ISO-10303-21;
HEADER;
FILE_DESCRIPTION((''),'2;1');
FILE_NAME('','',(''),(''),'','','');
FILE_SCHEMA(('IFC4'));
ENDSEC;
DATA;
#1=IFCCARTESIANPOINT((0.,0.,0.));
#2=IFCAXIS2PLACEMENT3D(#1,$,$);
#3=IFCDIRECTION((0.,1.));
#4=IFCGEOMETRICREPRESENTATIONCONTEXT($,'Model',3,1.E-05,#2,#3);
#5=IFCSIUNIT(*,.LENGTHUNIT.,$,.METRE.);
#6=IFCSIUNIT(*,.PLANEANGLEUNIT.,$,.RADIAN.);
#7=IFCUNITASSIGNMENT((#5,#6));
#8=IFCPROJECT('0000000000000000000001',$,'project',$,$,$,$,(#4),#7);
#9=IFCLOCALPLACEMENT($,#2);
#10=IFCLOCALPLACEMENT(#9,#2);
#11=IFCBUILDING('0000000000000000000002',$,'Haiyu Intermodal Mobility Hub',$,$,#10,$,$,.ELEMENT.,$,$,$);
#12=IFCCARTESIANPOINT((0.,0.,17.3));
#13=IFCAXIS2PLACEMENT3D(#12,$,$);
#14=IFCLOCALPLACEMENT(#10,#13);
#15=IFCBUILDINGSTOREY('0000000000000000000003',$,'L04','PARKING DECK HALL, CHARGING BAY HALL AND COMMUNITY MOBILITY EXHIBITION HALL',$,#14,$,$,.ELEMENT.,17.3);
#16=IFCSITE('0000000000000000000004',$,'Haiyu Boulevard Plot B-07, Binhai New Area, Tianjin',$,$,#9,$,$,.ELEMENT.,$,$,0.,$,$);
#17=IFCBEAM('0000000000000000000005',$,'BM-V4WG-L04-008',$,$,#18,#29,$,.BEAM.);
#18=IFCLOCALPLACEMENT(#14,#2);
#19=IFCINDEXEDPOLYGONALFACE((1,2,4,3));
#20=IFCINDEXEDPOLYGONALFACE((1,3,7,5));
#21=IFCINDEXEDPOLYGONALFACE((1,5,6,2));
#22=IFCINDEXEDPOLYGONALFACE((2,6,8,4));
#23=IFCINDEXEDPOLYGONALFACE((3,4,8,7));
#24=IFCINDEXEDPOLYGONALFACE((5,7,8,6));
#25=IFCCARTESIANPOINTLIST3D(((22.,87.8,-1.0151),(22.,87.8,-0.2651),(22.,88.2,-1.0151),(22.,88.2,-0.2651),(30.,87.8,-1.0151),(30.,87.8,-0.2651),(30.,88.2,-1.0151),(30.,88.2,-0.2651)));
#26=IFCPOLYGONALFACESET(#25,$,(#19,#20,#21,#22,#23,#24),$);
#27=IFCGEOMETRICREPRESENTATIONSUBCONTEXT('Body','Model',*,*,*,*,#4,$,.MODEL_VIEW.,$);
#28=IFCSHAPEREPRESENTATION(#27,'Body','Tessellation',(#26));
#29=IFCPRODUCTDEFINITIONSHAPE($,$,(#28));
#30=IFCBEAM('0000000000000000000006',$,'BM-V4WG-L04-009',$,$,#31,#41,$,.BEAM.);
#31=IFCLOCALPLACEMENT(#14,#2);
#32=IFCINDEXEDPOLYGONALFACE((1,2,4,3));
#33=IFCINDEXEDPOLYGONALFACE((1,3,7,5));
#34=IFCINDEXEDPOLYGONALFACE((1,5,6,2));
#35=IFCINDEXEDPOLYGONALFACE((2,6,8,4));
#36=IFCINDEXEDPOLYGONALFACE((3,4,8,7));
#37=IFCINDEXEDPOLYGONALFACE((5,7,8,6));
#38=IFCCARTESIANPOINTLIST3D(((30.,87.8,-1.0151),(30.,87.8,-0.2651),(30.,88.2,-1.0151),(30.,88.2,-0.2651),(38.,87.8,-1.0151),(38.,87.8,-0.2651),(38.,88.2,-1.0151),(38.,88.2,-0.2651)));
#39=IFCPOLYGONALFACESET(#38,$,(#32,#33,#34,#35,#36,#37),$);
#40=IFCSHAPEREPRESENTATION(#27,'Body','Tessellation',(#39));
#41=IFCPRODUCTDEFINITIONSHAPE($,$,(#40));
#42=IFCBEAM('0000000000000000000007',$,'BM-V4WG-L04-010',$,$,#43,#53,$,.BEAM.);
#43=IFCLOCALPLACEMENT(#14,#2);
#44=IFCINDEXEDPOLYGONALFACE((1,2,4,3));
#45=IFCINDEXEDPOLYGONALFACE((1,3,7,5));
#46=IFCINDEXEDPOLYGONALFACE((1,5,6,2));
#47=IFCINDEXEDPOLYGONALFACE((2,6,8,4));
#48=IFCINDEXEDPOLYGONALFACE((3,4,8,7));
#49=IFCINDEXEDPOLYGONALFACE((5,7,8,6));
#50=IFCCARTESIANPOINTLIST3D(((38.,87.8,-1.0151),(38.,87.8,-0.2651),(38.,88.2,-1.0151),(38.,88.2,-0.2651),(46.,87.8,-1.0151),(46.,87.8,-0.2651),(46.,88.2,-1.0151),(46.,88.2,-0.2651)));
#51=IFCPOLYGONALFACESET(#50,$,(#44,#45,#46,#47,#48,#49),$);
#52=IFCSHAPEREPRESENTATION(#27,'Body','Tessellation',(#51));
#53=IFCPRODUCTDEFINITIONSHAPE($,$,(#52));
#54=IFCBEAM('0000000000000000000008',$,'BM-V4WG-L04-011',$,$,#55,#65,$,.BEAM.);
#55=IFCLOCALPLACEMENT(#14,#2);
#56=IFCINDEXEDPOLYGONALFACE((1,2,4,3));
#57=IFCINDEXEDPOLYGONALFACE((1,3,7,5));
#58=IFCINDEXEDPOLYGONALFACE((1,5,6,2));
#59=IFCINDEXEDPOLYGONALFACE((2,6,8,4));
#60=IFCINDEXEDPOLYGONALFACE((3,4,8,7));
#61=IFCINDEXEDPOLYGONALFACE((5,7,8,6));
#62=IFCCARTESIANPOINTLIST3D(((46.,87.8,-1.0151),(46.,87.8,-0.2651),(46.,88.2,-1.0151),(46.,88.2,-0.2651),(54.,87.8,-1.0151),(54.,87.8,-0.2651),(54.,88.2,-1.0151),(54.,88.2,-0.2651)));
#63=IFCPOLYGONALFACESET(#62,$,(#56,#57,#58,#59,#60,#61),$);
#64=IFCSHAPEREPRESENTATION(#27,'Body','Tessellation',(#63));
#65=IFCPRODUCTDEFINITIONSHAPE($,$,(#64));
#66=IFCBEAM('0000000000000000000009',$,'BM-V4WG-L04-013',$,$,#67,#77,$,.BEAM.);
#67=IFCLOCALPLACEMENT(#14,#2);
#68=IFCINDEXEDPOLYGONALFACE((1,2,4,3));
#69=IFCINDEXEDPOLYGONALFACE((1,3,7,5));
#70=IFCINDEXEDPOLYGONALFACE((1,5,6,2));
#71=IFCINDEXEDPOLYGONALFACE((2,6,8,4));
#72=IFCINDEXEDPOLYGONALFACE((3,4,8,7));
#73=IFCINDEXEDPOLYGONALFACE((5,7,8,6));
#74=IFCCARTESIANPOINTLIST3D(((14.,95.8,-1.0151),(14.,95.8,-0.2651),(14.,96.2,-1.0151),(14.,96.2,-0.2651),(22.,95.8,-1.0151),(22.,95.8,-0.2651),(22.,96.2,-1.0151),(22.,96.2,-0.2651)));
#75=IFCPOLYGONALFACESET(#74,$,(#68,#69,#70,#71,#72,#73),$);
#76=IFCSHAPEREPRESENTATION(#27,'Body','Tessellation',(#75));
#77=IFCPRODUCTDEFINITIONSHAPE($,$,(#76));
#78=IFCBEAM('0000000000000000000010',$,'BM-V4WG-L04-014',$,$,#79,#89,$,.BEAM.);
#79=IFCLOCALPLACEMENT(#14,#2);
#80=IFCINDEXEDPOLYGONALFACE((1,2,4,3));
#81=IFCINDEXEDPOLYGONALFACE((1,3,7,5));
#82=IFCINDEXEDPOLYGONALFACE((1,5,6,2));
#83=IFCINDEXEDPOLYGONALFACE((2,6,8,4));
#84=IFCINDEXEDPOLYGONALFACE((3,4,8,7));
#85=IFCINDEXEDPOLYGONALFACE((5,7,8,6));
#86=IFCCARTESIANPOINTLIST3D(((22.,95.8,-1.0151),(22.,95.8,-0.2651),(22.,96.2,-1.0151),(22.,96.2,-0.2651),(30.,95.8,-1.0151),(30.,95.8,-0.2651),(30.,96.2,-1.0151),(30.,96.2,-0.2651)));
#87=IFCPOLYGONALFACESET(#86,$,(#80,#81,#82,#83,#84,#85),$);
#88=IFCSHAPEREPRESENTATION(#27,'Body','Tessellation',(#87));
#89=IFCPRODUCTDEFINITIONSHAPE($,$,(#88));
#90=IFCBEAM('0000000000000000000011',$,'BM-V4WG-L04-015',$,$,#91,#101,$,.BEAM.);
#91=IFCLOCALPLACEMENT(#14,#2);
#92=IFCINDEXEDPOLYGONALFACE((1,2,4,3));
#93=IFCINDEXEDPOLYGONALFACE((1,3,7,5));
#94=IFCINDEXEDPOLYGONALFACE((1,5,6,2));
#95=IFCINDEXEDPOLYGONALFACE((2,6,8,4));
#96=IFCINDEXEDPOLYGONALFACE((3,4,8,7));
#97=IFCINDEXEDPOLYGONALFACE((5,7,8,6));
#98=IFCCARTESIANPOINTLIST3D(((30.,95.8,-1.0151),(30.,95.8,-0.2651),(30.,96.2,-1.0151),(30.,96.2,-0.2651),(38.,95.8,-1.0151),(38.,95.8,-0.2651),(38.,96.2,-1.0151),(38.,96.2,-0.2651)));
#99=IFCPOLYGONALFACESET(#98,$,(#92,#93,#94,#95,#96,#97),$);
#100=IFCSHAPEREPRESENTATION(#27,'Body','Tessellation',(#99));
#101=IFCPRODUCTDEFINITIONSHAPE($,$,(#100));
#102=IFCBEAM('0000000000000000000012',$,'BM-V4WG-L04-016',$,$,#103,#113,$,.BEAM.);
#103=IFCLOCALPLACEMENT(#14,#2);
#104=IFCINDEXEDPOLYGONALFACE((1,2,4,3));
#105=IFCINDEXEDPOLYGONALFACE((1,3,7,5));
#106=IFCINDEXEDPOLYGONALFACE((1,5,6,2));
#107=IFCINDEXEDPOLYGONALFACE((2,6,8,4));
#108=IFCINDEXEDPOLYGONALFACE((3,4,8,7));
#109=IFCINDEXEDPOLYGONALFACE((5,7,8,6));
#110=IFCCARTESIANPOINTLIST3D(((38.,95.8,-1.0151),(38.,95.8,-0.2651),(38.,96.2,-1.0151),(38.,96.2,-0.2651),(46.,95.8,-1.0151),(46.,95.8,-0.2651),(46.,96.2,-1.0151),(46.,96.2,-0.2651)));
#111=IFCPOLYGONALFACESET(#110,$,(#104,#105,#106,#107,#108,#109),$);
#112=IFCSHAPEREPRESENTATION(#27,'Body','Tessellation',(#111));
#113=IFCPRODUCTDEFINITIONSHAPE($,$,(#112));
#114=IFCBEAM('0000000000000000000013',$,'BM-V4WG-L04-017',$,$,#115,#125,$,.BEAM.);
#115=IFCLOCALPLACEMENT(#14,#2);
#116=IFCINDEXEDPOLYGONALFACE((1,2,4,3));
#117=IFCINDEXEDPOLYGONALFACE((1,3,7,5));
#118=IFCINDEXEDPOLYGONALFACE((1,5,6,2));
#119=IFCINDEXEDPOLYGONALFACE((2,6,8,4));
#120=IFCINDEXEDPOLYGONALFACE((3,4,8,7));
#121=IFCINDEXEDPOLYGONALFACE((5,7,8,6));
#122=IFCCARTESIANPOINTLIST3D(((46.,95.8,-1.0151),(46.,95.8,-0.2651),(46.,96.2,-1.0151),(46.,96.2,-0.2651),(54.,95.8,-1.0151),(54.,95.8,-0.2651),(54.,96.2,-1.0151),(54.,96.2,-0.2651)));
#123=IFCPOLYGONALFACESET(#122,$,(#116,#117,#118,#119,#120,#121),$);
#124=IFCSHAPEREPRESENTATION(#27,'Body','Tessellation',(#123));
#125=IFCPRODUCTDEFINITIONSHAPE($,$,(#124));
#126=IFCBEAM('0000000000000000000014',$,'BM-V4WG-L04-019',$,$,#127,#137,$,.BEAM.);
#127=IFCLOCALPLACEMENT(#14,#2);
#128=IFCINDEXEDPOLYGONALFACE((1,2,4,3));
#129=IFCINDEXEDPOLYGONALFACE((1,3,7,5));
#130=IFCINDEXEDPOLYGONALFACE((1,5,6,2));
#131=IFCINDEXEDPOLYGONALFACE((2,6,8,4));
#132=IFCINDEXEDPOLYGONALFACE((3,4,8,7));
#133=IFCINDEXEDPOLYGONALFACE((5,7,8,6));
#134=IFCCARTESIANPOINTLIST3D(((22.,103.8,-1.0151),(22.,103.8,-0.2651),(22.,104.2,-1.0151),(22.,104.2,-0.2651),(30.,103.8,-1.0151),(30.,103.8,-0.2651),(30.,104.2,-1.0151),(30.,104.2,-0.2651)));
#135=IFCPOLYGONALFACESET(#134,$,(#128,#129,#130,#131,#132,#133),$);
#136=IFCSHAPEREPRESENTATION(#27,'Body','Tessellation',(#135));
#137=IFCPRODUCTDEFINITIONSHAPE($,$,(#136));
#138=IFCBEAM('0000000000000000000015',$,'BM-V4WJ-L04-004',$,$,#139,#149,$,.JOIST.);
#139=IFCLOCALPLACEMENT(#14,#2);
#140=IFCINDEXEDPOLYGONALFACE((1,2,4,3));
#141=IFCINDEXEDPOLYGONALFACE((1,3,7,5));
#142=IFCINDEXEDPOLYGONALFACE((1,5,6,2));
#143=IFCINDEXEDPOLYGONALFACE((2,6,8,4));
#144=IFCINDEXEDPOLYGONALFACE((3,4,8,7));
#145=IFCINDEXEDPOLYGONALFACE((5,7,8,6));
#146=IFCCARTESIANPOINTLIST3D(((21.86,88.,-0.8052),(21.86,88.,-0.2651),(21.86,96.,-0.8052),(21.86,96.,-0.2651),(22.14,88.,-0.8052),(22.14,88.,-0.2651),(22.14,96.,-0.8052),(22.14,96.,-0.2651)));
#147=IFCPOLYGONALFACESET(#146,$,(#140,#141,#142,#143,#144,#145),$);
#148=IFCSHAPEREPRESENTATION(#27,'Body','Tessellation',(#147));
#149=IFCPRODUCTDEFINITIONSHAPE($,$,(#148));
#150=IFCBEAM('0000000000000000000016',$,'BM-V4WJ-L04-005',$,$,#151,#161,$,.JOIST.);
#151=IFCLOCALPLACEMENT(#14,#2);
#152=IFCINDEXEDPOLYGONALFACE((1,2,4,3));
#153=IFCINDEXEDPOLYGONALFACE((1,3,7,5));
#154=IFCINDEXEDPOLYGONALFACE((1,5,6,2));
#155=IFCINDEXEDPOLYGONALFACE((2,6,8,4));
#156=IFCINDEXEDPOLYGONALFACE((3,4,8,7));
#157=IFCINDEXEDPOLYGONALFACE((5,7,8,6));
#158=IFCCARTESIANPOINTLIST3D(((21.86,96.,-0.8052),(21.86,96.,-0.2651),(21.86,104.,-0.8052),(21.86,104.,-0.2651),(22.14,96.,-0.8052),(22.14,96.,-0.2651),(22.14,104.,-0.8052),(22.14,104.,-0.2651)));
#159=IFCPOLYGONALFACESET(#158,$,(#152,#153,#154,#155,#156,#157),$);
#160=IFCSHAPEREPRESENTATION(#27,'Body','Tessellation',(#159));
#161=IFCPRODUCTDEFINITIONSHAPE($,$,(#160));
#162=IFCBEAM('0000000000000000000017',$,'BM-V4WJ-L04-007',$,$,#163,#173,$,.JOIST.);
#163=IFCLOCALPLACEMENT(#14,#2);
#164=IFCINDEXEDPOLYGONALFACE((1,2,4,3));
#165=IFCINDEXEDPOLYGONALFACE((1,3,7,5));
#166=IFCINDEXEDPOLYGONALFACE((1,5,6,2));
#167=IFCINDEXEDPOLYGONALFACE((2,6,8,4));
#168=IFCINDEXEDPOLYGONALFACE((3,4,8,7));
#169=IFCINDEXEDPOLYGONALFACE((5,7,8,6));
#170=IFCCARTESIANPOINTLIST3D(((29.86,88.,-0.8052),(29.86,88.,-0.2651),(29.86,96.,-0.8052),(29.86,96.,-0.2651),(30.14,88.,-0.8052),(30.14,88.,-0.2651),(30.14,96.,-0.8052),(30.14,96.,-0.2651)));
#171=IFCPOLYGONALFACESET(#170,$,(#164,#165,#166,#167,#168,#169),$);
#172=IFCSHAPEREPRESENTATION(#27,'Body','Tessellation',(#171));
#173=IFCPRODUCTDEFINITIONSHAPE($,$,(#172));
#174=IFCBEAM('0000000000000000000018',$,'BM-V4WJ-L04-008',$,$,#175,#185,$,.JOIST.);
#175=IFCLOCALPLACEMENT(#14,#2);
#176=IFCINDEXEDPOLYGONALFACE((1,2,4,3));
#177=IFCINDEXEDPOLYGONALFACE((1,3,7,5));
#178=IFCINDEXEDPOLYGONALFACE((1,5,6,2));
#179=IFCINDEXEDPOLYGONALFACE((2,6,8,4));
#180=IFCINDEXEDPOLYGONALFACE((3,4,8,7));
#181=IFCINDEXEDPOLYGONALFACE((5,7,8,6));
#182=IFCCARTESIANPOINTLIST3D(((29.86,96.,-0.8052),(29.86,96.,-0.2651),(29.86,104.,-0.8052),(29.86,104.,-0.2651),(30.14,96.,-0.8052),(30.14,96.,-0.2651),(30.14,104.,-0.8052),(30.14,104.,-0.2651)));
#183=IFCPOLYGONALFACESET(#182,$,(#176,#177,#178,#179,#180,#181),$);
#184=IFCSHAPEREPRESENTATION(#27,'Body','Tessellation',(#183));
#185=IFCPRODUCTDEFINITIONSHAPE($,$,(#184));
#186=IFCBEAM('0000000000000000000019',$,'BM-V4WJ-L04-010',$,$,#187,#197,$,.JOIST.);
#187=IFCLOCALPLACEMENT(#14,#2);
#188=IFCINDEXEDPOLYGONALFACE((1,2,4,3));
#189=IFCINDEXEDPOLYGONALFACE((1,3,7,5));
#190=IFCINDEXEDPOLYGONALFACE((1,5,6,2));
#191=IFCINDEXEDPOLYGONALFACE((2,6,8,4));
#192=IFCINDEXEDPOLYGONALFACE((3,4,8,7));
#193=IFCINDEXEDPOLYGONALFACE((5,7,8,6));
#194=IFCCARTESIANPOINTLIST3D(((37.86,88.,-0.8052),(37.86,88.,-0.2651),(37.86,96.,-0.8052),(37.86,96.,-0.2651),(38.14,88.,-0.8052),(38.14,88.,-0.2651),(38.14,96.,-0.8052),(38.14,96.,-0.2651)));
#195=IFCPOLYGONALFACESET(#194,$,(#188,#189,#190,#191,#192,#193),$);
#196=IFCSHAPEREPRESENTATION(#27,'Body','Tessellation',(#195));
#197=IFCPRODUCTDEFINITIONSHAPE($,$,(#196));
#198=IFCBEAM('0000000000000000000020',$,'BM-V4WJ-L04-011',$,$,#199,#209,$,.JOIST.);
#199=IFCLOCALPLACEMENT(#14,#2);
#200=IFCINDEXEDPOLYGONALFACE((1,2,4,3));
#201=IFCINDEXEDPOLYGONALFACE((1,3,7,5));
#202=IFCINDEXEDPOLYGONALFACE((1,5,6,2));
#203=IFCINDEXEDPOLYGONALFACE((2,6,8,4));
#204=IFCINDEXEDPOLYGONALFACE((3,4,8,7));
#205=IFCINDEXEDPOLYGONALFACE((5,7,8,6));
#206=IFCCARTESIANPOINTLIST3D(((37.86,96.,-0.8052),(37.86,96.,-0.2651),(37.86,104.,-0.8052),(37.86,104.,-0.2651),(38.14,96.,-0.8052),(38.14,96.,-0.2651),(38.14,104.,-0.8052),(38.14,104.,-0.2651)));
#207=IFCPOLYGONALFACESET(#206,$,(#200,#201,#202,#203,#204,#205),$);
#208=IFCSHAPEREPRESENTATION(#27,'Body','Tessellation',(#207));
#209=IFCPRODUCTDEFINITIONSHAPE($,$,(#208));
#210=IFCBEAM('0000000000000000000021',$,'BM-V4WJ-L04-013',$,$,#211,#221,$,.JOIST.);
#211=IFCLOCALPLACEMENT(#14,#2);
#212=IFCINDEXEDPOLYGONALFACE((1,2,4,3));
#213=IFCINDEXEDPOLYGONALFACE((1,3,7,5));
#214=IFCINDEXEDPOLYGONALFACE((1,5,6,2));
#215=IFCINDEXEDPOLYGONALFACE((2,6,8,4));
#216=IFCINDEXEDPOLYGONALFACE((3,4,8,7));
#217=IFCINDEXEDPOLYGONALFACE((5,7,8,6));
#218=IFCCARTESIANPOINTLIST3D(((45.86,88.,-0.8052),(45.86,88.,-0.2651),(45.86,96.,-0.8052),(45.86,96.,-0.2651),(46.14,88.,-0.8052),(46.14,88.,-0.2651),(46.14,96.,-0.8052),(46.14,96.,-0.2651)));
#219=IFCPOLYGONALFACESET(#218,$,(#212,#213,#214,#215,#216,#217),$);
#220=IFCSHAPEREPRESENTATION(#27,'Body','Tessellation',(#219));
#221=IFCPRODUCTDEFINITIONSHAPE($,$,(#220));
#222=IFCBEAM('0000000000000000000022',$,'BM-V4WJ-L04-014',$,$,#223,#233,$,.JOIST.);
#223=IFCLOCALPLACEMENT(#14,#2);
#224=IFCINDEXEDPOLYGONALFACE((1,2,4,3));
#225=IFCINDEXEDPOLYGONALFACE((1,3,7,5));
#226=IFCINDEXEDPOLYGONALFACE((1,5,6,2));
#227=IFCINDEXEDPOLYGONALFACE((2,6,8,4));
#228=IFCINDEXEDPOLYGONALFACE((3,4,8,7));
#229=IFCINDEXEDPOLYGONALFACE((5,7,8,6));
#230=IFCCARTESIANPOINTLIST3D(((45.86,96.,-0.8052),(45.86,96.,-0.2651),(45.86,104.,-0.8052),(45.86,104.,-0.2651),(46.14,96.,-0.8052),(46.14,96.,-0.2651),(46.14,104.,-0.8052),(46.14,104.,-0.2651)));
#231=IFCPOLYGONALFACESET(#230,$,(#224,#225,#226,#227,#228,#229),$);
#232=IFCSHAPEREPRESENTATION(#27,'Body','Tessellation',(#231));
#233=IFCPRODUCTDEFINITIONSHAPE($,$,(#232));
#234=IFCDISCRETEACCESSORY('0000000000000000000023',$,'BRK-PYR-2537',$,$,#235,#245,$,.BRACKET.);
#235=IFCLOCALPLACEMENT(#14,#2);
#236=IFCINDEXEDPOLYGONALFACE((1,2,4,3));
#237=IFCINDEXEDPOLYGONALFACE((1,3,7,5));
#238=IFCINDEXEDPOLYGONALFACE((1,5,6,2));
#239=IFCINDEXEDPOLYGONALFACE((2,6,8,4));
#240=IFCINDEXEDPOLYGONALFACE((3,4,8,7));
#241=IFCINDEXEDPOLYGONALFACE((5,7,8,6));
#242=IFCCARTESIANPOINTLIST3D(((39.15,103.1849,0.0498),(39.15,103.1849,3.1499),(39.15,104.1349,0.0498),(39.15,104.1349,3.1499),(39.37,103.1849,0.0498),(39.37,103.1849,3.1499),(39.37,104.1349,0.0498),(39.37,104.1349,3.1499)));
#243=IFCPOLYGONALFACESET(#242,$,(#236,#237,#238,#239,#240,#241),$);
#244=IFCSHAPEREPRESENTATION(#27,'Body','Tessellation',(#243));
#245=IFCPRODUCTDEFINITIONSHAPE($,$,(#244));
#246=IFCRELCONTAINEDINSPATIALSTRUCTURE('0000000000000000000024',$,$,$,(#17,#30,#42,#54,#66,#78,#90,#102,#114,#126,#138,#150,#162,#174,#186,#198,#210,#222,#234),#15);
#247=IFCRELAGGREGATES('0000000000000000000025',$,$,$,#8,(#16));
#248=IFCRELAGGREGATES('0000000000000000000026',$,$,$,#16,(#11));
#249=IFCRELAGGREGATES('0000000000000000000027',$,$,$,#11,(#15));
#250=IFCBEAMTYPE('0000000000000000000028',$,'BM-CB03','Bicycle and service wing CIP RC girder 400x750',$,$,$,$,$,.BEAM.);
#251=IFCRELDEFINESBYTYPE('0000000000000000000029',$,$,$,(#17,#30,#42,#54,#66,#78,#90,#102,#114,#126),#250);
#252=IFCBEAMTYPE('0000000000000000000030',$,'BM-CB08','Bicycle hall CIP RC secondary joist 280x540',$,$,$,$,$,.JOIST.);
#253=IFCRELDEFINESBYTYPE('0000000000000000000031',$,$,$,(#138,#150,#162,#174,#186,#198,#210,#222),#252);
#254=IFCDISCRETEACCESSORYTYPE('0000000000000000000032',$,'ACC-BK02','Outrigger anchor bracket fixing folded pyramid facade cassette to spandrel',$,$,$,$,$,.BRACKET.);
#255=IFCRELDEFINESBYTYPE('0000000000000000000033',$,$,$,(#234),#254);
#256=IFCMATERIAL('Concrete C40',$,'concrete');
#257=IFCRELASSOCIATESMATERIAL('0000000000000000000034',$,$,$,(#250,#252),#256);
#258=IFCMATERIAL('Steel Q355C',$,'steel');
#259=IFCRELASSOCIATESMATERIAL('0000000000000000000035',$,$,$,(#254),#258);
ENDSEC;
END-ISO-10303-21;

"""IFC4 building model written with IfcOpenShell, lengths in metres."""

from ifc_helpers import new_model, si_unit, direction, frame, origin, origin_2d, place, context, subcontext, project, spatial, rectangle, extrude, material, material_profile, profile_set, type_object, element, save


model = new_model("IFC4")

# Units and contexts
model_context = context("Model", 3, precision=1e-05, world=origin(), true_north=direction((0.0, 1.0)))
body_context = subcontext(model_context, "Body", "Model", "MODEL_VIEW")
ifc_project = project(units=[si_unit("LENGTHUNIT", "METRE"), si_unit("PLANEANGLEUNIT", "RADIAN")], contexts=[model_context])

# Site, building, storey
site_placement = place(None, origin())
site = spatial("IfcSite", under=ifc_project, at=site_placement, Name="Haiyu Boulevard Plot B-07, Binhai New Area, Tianjin", CompositionType="ELEMENT", RefElevation=0.0)
building_placement = place(site_placement, origin())
building = spatial("IfcBuilding", under=site, at=building_placement, Name="Haiyu Intermodal Mobility Hub", CompositionType="ELEMENT")
storey_placement = place(building_placement, frame((0.0, 0.0, 17.3)))
storey = spatial("IfcBuildingStorey", under=building, at=storey_placement, Name="L04", Description="PARKING DECK HALL, CHARGING BAY HALL AND COMMUNITY MOBILITY EXHIBITION HALL", CompositionType="ELEMENT", Elevation=17.3)

# Beams
ifc_material_1 = material(Name="Concrete C40", Category="concrete")
ifc_material_profile_1 = material_profile(ifc_material_1, rectangle(XDim=0.3999, YDim=0.75, at=origin_2d()), Name="RCB400x750")
ifc_profile_set_1 = profile_set([ifc_material_profile_1], Name="Concrete C40")
beam_type_1 = type_object("IfcBeamType", Name="BM-CB03", Description="Bicycle and service wing CIP RC girder 400x750", PredefinedType="BEAM", material=ifc_profile_set_1)
for number, where, z_axis, x_axis, name in (
    (1, (22.0, 88.0, -0.6401), (1.0, 0.0, 0.0), (0.0, 1.0, 0.0), "BM-V4WG-L04-008"),
    (2, (30.0, 88.0, -0.6401), (1.0, 0.0, 0.0), (0.0, 1.0, 0.0), "BM-V4WG-L04-009"),
    (3, (38.0, 88.0, -0.6401), (1.0, 0.0, 0.0), (0.0, 1.0, 0.0), "BM-V4WG-L04-010"),
    (4, (46.0, 88.0, -0.6401), (1.0, 0.0, 0.0), (0.0, 1.0, 0.0), "BM-V4WG-L04-011"),
    (5, (14.0, 96.0, -0.6401), (1.0, 0.0, 0.0), (0.0, 1.0, 0.0), "BM-V4WG-L04-013"),
    (6, (22.0, 96.0, -0.6401), (1.0, 0.0, 0.0), (0.0, 1.0, 0.0), "BM-V4WG-L04-014"),
    (7, (30.0, 96.0, -0.6401), (1.0, 0.0, 0.0), (0.0, 1.0, 0.0), "BM-V4WG-L04-015"),
    (8, (38.0, 96.0, -0.6401), (1.0, 0.0, 0.0), (0.0, 1.0, 0.0), "BM-V4WG-L04-016"),
    (9, (46.0, 96.0, -0.6401), (1.0, 0.0, 0.0), (0.0, 1.0, 0.0), "BM-V4WG-L04-017"),
    (10, (22.0, 104.0, -0.6401), (1.0, 0.0, 0.0), (0.0, 1.0, 0.0), "BM-V4WG-L04-019"),
):
    element("IfcBeam", number, at=place(storey_placement, frame(where, z_axis=z_axis, x_axis=x_axis)), inside=storey, type_object=beam_type_1, Name=name, PredefinedType="BEAM", context=body_context, shape_type="SweptSolid", body=[
        extrude(rectangle(XDim=0.3999, YDim=0.75, at=origin_2d()), origin(), (0.0, 0.0, 1.0), 8.0),
    ])
ifc_material_profile_2 = material_profile(ifc_material_1, rectangle(XDim=0.28, YDim=0.54, at=origin_2d()), Name="RCB280x540")
ifc_profile_set_2 = profile_set([ifc_material_profile_2], Name="Concrete C40")
beam_type_2 = type_object("IfcBeamType", Name="BM-CB08", Description="Bicycle hall CIP RC secondary joist 280x540", PredefinedType="JOIST", material=ifc_profile_set_2)
for number, where, z_axis, x_axis, name in (
    (11, (22.0, 88.0, -0.5352), (0.0, 1.0, 0.0), (-1.0, 0.0, 0.0), "BM-V4WJ-L04-004"),
    (12, (22.0, 96.0, -0.5352), (0.0, 1.0, 0.0), (-1.0, 0.0, 0.0), "BM-V4WJ-L04-005"),
    (13, (30.0, 88.0, -0.5352), (0.0, 1.0, 0.0), (-1.0, 0.0, 0.0), "BM-V4WJ-L04-007"),
    (14, (30.0, 96.0, -0.5352), (0.0, 1.0, 0.0), (-1.0, 0.0, 0.0), "BM-V4WJ-L04-008"),
    (15, (38.0, 88.0, -0.5352), (0.0, 1.0, 0.0), (-1.0, 0.0, 0.0), "BM-V4WJ-L04-010"),
    (16, (38.0, 96.0, -0.5352), (0.0, 1.0, 0.0), (-1.0, 0.0, 0.0), "BM-V4WJ-L04-011"),
    (17, (46.0, 88.0, -0.5352), (0.0, 1.0, 0.0), (-1.0, 0.0, 0.0), "BM-V4WJ-L04-013"),
    (18, (46.0, 96.0, -0.5352), (0.0, 1.0, 0.0), (-1.0, 0.0, 0.0), "BM-V4WJ-L04-014"),
):
    element("IfcBeam", number, at=place(storey_placement, frame(where, z_axis=z_axis, x_axis=x_axis)), inside=storey, type_object=beam_type_2, Name=name, PredefinedType="JOIST", context=body_context, shape_type="SweptSolid", body=[
        extrude(rectangle(XDim=0.28, YDim=0.54, at=origin_2d()), origin(), (0.0, 0.0, 1.0), 8.0),
    ])

# Discrete accessory
ifc_material_2 = material(Name="Steel Q355C", Category="steel")
discrete_accessory_type = type_object("IfcDiscreteAccessoryType", Name="ACC-BK02", Description="Outrigger anchor bracket fixing folded pyramid facade cassette to spandrel", PredefinedType="BRACKET", material=ifc_material_2)
for number, where, z_axis, x_axis, name in (
    (19, (39.26, 103.6599, 0.0498), (0.0, 0.0, 1.0), (1.0, 0.0, 0.0), "BRK-PYR-2537"),
):
    element("IfcDiscreteAccessory", number, at=place(storey_placement, frame(where, z_axis=z_axis, x_axis=x_axis)), inside=storey, type_object=discrete_accessory_type, Name=name, PredefinedType="BRACKET", context=body_context, shape_type="SweptSolid", body=[
        extrude(rectangle(XDim=0.22, YDim=0.95, at=origin_2d()), origin(), (0.0, 0.0, 1.0), 3.1001),
    ])

save(model, "model.ifc")
